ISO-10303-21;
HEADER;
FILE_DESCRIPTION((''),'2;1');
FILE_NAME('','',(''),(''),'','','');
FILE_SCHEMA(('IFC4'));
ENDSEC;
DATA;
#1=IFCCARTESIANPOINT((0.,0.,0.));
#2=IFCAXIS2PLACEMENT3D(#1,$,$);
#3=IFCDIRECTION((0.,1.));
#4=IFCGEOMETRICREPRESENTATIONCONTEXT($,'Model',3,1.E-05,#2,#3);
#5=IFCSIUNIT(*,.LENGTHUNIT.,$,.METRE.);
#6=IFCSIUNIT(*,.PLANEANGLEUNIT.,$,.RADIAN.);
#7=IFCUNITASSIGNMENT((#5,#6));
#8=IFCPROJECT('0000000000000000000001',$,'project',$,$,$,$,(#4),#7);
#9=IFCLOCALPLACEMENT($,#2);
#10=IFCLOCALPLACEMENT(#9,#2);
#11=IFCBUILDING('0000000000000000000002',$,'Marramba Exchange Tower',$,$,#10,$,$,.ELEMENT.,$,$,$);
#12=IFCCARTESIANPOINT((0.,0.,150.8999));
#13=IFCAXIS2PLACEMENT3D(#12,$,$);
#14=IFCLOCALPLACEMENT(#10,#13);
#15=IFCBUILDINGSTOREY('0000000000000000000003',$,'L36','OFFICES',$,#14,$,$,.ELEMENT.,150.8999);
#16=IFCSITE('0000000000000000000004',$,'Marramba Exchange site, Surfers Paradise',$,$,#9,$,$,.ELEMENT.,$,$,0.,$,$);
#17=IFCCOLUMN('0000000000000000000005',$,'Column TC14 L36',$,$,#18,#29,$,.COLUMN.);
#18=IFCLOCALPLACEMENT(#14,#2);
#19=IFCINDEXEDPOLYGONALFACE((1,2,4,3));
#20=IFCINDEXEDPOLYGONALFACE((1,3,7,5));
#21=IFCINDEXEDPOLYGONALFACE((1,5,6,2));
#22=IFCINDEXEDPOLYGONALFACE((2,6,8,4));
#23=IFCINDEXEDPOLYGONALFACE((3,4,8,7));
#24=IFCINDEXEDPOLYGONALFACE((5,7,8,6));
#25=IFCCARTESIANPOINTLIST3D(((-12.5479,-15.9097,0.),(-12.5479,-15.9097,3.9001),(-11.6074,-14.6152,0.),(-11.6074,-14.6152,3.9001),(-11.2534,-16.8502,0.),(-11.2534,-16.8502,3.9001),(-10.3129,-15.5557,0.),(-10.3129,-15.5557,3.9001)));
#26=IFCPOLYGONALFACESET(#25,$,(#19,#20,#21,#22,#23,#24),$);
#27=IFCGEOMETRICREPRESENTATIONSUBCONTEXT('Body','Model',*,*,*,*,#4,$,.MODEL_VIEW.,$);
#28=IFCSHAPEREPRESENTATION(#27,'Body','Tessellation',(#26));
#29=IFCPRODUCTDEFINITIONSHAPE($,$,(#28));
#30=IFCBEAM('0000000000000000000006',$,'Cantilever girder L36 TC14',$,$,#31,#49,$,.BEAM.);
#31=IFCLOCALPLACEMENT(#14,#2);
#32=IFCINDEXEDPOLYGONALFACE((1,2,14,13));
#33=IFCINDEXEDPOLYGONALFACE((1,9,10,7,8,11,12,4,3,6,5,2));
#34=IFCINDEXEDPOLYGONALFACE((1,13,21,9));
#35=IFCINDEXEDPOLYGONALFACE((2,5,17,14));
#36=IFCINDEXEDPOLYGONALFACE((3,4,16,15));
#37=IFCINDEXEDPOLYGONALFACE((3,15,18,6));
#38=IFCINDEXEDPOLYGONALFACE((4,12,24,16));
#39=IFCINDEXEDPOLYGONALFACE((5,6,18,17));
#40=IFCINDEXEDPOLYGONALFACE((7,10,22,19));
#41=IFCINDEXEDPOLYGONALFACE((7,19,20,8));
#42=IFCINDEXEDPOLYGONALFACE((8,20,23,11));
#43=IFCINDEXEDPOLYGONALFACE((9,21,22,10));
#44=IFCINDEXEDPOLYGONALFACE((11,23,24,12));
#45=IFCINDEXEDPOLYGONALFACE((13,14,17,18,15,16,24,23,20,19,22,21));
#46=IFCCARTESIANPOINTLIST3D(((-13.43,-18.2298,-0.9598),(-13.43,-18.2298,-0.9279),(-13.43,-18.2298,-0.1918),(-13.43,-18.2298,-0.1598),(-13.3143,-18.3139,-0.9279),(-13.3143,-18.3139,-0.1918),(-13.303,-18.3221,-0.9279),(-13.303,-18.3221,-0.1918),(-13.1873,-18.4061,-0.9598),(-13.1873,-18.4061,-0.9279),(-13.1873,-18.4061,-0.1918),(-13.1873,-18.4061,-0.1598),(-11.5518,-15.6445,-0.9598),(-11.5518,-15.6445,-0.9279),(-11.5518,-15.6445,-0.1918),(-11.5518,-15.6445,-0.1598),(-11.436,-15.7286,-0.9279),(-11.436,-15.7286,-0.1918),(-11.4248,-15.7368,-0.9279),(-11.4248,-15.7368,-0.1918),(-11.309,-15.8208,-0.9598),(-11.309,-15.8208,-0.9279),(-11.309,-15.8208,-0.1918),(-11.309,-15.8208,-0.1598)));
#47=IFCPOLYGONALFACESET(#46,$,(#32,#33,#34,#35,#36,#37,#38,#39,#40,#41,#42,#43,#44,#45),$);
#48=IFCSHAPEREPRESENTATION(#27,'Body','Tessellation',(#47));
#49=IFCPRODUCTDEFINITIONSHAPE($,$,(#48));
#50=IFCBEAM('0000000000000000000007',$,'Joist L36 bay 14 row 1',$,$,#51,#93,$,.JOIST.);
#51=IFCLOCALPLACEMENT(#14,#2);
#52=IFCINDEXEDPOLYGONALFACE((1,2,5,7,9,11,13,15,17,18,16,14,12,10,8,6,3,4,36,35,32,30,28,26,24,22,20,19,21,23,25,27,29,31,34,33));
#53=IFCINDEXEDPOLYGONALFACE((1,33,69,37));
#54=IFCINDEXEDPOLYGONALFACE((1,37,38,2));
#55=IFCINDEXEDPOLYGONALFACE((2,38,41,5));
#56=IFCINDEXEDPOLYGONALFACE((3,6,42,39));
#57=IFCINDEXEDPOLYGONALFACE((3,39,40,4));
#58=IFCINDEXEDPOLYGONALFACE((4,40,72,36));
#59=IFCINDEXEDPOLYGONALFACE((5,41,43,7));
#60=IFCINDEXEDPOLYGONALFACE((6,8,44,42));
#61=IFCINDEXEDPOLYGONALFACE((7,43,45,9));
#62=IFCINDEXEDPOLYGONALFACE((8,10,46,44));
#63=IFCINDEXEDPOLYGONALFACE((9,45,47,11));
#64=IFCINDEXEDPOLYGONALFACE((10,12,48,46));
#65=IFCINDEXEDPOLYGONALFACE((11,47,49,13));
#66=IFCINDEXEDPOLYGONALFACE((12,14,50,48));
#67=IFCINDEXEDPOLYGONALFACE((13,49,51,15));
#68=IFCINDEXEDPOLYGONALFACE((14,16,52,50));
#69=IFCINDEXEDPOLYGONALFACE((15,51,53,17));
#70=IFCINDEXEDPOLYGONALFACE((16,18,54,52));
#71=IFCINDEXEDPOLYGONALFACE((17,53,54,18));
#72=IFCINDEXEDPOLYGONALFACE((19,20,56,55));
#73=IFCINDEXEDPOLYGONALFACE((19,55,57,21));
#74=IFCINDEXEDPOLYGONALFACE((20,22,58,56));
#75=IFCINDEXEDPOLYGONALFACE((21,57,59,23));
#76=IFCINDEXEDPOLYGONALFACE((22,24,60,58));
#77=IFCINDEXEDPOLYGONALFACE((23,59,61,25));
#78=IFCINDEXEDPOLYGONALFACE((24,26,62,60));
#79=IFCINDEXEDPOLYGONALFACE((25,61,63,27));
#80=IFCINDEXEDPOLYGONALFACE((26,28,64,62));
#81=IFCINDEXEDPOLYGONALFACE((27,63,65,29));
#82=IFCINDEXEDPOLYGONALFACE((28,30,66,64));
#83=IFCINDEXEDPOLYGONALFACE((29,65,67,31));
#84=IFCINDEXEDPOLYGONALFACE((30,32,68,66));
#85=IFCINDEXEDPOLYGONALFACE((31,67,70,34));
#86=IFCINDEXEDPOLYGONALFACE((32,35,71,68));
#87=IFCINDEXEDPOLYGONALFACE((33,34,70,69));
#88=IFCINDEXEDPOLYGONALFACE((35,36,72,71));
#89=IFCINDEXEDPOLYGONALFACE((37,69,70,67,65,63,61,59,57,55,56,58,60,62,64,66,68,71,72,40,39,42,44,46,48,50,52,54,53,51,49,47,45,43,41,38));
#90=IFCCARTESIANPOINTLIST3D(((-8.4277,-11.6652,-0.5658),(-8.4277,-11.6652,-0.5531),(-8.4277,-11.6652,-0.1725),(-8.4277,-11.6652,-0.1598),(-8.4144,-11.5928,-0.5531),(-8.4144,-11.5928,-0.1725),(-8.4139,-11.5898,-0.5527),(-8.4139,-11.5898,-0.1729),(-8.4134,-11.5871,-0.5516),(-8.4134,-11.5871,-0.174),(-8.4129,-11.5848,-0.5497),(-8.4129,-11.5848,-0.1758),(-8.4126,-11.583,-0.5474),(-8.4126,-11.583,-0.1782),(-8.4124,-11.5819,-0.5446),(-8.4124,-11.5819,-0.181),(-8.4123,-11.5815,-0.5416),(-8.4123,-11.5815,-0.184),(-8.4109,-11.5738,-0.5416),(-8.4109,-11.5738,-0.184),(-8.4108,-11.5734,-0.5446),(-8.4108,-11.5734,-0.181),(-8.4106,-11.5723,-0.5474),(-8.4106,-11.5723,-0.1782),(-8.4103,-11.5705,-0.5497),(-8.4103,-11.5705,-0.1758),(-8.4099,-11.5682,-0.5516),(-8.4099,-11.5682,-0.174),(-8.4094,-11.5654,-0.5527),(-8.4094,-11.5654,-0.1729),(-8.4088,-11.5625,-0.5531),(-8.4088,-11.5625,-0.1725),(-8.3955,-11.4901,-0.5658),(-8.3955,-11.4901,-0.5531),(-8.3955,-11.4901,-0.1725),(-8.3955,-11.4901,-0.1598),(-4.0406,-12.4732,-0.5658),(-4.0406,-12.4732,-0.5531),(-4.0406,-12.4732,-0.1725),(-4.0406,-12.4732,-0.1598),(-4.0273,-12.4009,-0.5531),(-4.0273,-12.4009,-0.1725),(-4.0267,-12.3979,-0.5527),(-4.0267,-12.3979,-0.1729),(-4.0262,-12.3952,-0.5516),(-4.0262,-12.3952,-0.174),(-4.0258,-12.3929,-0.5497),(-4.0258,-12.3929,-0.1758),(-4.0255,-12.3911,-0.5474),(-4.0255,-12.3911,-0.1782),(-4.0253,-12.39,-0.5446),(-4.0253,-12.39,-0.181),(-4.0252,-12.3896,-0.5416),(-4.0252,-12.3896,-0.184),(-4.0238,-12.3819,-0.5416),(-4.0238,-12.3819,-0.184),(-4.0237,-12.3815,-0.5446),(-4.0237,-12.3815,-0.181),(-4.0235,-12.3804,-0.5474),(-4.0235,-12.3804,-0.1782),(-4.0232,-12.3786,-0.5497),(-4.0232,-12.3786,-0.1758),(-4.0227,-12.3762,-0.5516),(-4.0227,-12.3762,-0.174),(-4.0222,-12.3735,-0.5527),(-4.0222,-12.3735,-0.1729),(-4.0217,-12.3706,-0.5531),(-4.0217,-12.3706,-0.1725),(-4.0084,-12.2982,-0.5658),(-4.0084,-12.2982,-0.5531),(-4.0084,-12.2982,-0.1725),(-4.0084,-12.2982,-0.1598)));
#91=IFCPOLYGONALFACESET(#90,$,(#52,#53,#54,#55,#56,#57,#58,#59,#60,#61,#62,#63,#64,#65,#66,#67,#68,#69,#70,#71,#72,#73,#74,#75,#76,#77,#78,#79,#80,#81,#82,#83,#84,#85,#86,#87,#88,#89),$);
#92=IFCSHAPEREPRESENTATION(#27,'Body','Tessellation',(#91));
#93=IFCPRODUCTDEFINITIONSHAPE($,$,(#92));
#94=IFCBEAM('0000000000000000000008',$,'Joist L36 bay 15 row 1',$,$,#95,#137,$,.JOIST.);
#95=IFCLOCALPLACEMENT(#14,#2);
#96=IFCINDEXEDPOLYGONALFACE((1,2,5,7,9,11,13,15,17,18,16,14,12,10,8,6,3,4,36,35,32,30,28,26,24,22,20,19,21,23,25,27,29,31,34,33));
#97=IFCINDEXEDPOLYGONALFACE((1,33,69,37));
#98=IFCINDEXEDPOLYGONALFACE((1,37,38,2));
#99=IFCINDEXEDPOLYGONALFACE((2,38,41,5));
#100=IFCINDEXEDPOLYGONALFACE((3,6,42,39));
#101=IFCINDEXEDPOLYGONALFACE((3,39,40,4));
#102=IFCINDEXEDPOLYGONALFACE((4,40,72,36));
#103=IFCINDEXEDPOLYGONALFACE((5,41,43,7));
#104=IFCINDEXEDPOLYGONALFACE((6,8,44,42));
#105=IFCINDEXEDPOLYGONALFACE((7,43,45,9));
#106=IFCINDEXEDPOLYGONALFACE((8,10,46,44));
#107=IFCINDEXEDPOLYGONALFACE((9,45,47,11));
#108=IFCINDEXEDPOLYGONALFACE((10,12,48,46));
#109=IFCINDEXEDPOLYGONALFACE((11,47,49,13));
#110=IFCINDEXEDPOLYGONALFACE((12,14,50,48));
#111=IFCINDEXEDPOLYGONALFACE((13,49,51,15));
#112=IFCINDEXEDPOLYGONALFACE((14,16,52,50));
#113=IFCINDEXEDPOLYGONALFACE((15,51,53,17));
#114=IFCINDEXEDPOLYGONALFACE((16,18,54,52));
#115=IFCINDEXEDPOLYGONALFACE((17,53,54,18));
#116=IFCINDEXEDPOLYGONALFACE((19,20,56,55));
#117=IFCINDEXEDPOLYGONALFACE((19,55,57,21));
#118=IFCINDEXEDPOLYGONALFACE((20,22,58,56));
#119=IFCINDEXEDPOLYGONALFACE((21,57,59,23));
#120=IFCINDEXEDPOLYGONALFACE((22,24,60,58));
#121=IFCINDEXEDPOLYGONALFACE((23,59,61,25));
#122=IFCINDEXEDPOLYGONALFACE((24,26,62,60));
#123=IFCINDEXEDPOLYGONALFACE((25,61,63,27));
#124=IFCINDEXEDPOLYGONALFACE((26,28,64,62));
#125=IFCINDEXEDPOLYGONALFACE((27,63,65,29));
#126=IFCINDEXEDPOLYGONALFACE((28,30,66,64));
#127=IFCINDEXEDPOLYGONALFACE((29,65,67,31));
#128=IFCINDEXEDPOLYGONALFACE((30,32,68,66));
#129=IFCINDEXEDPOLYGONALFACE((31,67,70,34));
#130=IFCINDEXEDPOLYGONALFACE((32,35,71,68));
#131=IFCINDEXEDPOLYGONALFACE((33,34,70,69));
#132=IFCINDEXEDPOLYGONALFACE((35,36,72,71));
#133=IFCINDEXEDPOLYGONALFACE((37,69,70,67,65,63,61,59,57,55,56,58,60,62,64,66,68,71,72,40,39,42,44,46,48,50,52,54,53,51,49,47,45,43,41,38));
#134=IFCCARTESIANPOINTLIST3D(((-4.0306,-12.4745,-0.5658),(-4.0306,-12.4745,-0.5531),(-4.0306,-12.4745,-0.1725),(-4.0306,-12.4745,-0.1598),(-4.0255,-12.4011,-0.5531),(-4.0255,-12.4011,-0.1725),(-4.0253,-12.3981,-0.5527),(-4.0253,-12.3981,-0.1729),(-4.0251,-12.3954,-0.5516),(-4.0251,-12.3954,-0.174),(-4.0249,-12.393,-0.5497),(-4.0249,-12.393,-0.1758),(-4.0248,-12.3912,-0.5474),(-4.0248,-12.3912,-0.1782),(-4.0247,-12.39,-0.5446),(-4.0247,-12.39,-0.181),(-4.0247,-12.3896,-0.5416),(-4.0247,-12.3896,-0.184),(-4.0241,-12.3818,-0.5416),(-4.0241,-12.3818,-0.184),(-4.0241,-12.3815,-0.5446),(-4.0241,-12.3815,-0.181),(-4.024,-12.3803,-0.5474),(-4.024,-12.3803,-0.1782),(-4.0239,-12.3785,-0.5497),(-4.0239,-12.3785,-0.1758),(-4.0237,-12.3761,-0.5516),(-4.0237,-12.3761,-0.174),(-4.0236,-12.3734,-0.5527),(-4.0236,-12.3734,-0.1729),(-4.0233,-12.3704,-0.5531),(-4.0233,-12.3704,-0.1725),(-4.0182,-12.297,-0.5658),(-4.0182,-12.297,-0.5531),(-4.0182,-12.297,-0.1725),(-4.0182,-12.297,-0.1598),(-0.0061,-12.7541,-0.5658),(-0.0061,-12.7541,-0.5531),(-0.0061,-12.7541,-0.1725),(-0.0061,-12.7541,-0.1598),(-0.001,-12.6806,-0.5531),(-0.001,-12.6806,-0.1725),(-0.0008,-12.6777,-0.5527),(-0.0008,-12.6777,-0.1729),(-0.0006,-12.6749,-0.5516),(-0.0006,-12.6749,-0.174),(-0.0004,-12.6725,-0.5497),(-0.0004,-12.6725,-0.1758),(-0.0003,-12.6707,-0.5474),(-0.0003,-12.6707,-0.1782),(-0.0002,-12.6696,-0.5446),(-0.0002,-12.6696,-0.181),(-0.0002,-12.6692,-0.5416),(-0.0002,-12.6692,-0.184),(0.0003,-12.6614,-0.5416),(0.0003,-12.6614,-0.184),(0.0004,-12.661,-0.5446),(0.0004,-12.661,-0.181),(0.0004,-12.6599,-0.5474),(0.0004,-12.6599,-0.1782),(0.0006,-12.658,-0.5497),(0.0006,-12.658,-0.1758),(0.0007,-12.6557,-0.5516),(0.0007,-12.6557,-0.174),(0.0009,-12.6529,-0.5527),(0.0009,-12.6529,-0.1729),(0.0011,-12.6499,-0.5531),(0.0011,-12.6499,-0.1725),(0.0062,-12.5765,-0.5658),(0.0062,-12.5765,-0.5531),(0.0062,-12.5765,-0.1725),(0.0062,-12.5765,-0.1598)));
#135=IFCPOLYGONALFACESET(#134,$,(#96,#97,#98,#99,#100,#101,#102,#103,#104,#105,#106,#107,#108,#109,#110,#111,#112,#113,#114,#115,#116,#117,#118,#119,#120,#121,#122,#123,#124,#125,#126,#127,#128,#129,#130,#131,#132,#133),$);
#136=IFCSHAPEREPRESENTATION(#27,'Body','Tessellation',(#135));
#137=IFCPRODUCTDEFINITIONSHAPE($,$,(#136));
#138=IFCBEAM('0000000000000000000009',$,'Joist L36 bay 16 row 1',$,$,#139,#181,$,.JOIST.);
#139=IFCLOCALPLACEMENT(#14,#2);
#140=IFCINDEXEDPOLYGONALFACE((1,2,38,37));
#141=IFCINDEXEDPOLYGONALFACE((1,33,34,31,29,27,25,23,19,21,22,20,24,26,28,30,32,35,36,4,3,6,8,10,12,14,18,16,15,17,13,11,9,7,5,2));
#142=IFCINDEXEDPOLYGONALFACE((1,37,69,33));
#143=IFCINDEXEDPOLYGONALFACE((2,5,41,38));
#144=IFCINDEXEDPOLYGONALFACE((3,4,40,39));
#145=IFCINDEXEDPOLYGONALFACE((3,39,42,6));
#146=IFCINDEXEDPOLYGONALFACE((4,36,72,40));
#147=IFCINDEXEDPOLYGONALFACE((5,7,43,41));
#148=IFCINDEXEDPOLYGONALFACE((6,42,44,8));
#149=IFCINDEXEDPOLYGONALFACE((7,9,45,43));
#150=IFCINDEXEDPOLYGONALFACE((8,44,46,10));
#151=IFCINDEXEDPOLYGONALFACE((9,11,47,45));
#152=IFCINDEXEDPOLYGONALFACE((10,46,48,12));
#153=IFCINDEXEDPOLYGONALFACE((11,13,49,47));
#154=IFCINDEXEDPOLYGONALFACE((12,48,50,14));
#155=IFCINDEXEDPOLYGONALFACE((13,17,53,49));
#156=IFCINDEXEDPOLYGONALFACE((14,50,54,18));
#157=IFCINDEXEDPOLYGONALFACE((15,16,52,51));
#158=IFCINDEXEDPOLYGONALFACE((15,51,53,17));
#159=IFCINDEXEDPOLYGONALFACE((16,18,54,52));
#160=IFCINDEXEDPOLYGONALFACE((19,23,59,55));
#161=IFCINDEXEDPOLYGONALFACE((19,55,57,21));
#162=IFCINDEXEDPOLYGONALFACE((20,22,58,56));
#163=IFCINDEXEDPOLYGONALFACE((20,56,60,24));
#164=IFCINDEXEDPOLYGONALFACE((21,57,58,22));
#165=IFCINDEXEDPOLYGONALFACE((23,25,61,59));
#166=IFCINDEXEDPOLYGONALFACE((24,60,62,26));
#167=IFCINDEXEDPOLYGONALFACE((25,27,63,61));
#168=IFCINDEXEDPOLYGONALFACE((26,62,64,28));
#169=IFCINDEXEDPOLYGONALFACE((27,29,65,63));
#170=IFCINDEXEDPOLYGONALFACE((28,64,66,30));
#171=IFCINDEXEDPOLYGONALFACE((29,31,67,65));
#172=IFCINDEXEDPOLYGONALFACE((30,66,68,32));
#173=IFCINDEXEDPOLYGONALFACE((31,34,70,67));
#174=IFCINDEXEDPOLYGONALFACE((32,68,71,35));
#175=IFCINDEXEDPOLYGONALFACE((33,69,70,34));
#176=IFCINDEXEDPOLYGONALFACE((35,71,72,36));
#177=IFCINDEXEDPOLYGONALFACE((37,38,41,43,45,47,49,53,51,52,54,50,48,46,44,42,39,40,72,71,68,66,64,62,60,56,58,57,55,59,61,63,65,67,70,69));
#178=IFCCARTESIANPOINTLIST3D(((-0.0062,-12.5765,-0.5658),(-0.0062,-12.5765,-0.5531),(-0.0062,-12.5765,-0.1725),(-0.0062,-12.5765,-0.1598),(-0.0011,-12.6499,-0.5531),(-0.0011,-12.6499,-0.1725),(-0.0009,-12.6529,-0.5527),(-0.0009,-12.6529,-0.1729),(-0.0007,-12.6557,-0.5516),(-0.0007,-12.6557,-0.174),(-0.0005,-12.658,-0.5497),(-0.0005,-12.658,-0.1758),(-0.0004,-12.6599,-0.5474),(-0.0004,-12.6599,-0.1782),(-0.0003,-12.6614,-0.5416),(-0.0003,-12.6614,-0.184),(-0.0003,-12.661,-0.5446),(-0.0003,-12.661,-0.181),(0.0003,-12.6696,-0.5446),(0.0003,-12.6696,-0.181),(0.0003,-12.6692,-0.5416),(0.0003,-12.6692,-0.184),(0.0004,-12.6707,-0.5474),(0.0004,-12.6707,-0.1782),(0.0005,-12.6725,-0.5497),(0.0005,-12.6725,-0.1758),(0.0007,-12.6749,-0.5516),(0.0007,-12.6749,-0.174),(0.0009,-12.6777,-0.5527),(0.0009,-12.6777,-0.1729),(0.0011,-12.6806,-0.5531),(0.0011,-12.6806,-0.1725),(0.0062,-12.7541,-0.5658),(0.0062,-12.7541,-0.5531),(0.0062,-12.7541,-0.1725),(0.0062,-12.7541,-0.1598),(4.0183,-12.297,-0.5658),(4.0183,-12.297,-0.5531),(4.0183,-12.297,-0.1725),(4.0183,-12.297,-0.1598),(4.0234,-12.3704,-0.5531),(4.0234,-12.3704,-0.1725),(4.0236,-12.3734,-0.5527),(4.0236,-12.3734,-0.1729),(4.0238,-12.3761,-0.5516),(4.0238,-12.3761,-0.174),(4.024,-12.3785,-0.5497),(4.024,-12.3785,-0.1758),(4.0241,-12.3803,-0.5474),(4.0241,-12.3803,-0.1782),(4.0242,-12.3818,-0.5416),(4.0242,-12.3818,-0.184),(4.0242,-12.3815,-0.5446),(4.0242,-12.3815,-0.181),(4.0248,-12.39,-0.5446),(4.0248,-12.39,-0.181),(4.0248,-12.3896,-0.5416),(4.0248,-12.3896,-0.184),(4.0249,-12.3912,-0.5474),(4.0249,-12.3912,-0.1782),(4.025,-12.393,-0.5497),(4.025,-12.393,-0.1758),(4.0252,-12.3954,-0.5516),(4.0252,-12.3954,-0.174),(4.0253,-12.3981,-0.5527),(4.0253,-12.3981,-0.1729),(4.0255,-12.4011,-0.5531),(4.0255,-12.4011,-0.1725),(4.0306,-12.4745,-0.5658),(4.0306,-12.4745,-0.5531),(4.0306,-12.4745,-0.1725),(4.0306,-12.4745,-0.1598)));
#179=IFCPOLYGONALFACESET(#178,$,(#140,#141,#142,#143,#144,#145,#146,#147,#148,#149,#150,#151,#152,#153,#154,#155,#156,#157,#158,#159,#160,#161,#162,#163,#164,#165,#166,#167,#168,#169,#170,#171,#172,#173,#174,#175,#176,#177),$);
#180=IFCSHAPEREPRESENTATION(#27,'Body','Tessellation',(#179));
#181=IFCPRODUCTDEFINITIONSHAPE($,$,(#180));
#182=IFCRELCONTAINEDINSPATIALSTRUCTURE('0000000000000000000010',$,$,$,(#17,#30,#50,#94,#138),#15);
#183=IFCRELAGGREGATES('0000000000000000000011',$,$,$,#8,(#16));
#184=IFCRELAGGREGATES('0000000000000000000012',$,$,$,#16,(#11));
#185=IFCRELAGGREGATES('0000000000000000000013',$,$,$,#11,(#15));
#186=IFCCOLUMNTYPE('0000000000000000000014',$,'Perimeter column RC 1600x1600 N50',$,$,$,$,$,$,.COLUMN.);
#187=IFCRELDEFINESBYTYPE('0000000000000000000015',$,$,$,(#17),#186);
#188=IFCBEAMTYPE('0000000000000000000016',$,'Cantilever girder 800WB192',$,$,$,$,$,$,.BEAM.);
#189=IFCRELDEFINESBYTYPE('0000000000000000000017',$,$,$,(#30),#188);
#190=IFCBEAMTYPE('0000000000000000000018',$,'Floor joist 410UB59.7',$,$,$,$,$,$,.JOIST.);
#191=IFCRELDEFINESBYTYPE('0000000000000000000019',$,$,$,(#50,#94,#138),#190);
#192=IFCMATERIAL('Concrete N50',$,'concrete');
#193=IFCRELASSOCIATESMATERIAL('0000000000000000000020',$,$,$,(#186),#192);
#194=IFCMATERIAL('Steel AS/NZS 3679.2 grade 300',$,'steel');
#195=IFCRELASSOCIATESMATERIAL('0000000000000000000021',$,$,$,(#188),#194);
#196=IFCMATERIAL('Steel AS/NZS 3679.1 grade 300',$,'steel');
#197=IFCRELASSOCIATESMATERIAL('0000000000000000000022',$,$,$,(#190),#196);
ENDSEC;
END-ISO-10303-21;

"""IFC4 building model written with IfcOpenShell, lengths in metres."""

from ifc_helpers import new_model, si_unit, direction, frame, origin, origin_2d, place, context, subcontext, project, spatial, rectangle, i_section, extrude, material, material_profile, profile_set, type_object, element, save


model = new_model("IFC4")

# Units and contexts
model_context = context("Model", 3, precision=1e-05, world=origin(), true_north=direction((0.0, 1.0)))
body_context = subcontext(model_context, "Body", "Model", "MODEL_VIEW")
ifc_project = project(units=[si_unit("LENGTHUNIT", "METRE"), si_unit("PLANEANGLEUNIT", "RADIAN")], contexts=[model_context])

# Site, building, storey
site_placement = place(None, origin())
site = spatial("IfcSite", under=ifc_project, at=site_placement, Name="Marramba Exchange site, Surfers Paradise", CompositionType="ELEMENT", RefElevation=0.0)
building_placement = place(site_placement, origin())
building = spatial("IfcBuilding", under=site, at=building_placement, Name="Marramba Exchange Tower", CompositionType="ELEMENT")
storey_placement = place(building_placement, frame((0.0, 0.0, 150.8999)))
storey = spatial("IfcBuildingStorey", under=building, at=storey_placement, Name="L36", Description="OFFICES", CompositionType="ELEMENT", Elevation=150.8999)

# Column
ifc_material_1 = material(Name="Concrete N50", Category="concrete")
ifc_material_profile_1 = material_profile(ifc_material_1, rectangle(XDim=1.6001, YDim=1.6001, at=origin_2d()), Name="RC 1600x1600")
ifc_profile_set_1 = profile_set([ifc_material_profile_1], Name="Concrete N50")
column_type = type_object("IfcColumnType", Name="Perimeter column RC 1600x1600 N50", PredefinedType="COLUMN", material=ifc_profile_set_1)
column_placement = place(storey_placement, frame((-11.4304, -15.7327, 0.0), z_axis=(0.0, 0.0, 1.0), x_axis=(-0.587785, -0.809017, 0.0)))
element("IfcColumn", 1, at=column_placement, inside=storey, type_object=column_type, Name="Column TC14 L36", PredefinedType="COLUMN", context=body_context, shape_type="SweptSolid", body=[
    extrude(rectangle(XDim=1.6001, YDim=1.6001, at=origin_2d()), origin(), (0.0, 0.0, 1.0), 3.9001),
])

# Beams
ifc_material_2 = material(Name="Steel AS/NZS 3679.2 grade 300", Category="steel")
ifc_material_profile_2 = material_profile(ifc_material_2, i_section(OverallWidth=0.3, OverallDepth=0.8, WebThickness=0.0139, FlangeThickness=0.032, at=origin_2d()), Name="800WB192")
ifc_profile_set_2 = profile_set([ifc_material_profile_2], Name="Steel AS/NZS 3679.2 grade 300")
beam_type_1 = type_object("IfcBeamType", Name="Cantilever girder 800WB192", PredefinedType="BEAM", material=ifc_profile_set_2)
beam_1_placement = place(storey_placement, frame((-11.4304, -15.7327, -0.5598), z_axis=(-0.587767, -0.80903, 0.0), x_axis=(0.80903, -0.587767, 0.0)))
element("IfcBeam", 2, at=beam_1_placement, inside=storey, type_object=beam_type_1, Name="Cantilever girder L36 TC14", PredefinedType="BEAM", context=body_context, shape_type="SweptSolid", body=[
    extrude(i_section(OverallWidth=0.3, OverallDepth=0.8, WebThickness=0.0139, FlangeThickness=0.032, at=origin_2d()), origin(), (0.0, 0.0, 1.0), 3.1956),
])
ifc_material_3 = material(Name="Steel AS/NZS 3679.1 grade 300", Category="steel")
ifc_material_profile_3 = material_profile(ifc_material_3, i_section(OverallWidth=0.178, OverallDepth=0.406, WebThickness=0.0078, FlangeThickness=0.0127, FilletRadius=0.0115, at=origin_2d()), Name="410UB59.7")
ifc_profile_set_3 = profile_set([ifc_material_profile_3], Name="Steel AS/NZS 3679.1 grade 300")
beam_type_2 = type_object("IfcBeamType", Name="Floor joist 410UB59.7", PredefinedType="JOIST", material=ifc_profile_set_3)
beam_2_placement = place(storey_placement, frame((-8.4116, -11.5776, -0.3628), z_axis=(0.983456, -0.181149, 0.0), x_axis=(0.181149, 0.983456, 0.0)))
element("IfcBeam", 3, at=beam_2_placement, inside=storey, type_object=beam_type_2, Name="Joist L36 bay 14 row 1", PredefinedType="JOIST", context=body_context, shape_type="SweptSolid", body=[
    extrude(i_section(OverallWidth=0.178, OverallDepth=0.406, WebThickness=0.0078, FlangeThickness=0.0127, FilletRadius=0.0115, at=origin_2d()), origin(), (0.0, 0.0, 1.0), 4.4609),
])
for number, where, z_axis, x_axis, name in (
    (4, (-4.0244, -12.3857, -0.3628), (0.997596, -0.069294, 0.0), (0.069294, 0.997596, 0.0), "Joist L36 bay 15 row 1"),
    (5, (0.0, -12.6653, -0.3628), (0.997596, 0.069294, 0.0), (-0.069294, 0.997596, 0.0), "Joist L36 bay 16 row 1"),
):
    element("IfcBeam", number, at=place(storey_placement, frame(where, z_axis=z_axis, x_axis=x_axis)), inside=storey, type_object=beam_type_2, Name=name, PredefinedType="JOIST", context=body_context, shape_type="SweptSolid", body=[
        extrude(i_section(OverallWidth=0.178, OverallDepth=0.406, WebThickness=0.0078, FlangeThickness=0.0127, FilletRadius=0.0115, at=origin_2d()), origin(), (0.0, 0.0, 1.0), 4.0342),
    ])

save(model, "model.ifc")
